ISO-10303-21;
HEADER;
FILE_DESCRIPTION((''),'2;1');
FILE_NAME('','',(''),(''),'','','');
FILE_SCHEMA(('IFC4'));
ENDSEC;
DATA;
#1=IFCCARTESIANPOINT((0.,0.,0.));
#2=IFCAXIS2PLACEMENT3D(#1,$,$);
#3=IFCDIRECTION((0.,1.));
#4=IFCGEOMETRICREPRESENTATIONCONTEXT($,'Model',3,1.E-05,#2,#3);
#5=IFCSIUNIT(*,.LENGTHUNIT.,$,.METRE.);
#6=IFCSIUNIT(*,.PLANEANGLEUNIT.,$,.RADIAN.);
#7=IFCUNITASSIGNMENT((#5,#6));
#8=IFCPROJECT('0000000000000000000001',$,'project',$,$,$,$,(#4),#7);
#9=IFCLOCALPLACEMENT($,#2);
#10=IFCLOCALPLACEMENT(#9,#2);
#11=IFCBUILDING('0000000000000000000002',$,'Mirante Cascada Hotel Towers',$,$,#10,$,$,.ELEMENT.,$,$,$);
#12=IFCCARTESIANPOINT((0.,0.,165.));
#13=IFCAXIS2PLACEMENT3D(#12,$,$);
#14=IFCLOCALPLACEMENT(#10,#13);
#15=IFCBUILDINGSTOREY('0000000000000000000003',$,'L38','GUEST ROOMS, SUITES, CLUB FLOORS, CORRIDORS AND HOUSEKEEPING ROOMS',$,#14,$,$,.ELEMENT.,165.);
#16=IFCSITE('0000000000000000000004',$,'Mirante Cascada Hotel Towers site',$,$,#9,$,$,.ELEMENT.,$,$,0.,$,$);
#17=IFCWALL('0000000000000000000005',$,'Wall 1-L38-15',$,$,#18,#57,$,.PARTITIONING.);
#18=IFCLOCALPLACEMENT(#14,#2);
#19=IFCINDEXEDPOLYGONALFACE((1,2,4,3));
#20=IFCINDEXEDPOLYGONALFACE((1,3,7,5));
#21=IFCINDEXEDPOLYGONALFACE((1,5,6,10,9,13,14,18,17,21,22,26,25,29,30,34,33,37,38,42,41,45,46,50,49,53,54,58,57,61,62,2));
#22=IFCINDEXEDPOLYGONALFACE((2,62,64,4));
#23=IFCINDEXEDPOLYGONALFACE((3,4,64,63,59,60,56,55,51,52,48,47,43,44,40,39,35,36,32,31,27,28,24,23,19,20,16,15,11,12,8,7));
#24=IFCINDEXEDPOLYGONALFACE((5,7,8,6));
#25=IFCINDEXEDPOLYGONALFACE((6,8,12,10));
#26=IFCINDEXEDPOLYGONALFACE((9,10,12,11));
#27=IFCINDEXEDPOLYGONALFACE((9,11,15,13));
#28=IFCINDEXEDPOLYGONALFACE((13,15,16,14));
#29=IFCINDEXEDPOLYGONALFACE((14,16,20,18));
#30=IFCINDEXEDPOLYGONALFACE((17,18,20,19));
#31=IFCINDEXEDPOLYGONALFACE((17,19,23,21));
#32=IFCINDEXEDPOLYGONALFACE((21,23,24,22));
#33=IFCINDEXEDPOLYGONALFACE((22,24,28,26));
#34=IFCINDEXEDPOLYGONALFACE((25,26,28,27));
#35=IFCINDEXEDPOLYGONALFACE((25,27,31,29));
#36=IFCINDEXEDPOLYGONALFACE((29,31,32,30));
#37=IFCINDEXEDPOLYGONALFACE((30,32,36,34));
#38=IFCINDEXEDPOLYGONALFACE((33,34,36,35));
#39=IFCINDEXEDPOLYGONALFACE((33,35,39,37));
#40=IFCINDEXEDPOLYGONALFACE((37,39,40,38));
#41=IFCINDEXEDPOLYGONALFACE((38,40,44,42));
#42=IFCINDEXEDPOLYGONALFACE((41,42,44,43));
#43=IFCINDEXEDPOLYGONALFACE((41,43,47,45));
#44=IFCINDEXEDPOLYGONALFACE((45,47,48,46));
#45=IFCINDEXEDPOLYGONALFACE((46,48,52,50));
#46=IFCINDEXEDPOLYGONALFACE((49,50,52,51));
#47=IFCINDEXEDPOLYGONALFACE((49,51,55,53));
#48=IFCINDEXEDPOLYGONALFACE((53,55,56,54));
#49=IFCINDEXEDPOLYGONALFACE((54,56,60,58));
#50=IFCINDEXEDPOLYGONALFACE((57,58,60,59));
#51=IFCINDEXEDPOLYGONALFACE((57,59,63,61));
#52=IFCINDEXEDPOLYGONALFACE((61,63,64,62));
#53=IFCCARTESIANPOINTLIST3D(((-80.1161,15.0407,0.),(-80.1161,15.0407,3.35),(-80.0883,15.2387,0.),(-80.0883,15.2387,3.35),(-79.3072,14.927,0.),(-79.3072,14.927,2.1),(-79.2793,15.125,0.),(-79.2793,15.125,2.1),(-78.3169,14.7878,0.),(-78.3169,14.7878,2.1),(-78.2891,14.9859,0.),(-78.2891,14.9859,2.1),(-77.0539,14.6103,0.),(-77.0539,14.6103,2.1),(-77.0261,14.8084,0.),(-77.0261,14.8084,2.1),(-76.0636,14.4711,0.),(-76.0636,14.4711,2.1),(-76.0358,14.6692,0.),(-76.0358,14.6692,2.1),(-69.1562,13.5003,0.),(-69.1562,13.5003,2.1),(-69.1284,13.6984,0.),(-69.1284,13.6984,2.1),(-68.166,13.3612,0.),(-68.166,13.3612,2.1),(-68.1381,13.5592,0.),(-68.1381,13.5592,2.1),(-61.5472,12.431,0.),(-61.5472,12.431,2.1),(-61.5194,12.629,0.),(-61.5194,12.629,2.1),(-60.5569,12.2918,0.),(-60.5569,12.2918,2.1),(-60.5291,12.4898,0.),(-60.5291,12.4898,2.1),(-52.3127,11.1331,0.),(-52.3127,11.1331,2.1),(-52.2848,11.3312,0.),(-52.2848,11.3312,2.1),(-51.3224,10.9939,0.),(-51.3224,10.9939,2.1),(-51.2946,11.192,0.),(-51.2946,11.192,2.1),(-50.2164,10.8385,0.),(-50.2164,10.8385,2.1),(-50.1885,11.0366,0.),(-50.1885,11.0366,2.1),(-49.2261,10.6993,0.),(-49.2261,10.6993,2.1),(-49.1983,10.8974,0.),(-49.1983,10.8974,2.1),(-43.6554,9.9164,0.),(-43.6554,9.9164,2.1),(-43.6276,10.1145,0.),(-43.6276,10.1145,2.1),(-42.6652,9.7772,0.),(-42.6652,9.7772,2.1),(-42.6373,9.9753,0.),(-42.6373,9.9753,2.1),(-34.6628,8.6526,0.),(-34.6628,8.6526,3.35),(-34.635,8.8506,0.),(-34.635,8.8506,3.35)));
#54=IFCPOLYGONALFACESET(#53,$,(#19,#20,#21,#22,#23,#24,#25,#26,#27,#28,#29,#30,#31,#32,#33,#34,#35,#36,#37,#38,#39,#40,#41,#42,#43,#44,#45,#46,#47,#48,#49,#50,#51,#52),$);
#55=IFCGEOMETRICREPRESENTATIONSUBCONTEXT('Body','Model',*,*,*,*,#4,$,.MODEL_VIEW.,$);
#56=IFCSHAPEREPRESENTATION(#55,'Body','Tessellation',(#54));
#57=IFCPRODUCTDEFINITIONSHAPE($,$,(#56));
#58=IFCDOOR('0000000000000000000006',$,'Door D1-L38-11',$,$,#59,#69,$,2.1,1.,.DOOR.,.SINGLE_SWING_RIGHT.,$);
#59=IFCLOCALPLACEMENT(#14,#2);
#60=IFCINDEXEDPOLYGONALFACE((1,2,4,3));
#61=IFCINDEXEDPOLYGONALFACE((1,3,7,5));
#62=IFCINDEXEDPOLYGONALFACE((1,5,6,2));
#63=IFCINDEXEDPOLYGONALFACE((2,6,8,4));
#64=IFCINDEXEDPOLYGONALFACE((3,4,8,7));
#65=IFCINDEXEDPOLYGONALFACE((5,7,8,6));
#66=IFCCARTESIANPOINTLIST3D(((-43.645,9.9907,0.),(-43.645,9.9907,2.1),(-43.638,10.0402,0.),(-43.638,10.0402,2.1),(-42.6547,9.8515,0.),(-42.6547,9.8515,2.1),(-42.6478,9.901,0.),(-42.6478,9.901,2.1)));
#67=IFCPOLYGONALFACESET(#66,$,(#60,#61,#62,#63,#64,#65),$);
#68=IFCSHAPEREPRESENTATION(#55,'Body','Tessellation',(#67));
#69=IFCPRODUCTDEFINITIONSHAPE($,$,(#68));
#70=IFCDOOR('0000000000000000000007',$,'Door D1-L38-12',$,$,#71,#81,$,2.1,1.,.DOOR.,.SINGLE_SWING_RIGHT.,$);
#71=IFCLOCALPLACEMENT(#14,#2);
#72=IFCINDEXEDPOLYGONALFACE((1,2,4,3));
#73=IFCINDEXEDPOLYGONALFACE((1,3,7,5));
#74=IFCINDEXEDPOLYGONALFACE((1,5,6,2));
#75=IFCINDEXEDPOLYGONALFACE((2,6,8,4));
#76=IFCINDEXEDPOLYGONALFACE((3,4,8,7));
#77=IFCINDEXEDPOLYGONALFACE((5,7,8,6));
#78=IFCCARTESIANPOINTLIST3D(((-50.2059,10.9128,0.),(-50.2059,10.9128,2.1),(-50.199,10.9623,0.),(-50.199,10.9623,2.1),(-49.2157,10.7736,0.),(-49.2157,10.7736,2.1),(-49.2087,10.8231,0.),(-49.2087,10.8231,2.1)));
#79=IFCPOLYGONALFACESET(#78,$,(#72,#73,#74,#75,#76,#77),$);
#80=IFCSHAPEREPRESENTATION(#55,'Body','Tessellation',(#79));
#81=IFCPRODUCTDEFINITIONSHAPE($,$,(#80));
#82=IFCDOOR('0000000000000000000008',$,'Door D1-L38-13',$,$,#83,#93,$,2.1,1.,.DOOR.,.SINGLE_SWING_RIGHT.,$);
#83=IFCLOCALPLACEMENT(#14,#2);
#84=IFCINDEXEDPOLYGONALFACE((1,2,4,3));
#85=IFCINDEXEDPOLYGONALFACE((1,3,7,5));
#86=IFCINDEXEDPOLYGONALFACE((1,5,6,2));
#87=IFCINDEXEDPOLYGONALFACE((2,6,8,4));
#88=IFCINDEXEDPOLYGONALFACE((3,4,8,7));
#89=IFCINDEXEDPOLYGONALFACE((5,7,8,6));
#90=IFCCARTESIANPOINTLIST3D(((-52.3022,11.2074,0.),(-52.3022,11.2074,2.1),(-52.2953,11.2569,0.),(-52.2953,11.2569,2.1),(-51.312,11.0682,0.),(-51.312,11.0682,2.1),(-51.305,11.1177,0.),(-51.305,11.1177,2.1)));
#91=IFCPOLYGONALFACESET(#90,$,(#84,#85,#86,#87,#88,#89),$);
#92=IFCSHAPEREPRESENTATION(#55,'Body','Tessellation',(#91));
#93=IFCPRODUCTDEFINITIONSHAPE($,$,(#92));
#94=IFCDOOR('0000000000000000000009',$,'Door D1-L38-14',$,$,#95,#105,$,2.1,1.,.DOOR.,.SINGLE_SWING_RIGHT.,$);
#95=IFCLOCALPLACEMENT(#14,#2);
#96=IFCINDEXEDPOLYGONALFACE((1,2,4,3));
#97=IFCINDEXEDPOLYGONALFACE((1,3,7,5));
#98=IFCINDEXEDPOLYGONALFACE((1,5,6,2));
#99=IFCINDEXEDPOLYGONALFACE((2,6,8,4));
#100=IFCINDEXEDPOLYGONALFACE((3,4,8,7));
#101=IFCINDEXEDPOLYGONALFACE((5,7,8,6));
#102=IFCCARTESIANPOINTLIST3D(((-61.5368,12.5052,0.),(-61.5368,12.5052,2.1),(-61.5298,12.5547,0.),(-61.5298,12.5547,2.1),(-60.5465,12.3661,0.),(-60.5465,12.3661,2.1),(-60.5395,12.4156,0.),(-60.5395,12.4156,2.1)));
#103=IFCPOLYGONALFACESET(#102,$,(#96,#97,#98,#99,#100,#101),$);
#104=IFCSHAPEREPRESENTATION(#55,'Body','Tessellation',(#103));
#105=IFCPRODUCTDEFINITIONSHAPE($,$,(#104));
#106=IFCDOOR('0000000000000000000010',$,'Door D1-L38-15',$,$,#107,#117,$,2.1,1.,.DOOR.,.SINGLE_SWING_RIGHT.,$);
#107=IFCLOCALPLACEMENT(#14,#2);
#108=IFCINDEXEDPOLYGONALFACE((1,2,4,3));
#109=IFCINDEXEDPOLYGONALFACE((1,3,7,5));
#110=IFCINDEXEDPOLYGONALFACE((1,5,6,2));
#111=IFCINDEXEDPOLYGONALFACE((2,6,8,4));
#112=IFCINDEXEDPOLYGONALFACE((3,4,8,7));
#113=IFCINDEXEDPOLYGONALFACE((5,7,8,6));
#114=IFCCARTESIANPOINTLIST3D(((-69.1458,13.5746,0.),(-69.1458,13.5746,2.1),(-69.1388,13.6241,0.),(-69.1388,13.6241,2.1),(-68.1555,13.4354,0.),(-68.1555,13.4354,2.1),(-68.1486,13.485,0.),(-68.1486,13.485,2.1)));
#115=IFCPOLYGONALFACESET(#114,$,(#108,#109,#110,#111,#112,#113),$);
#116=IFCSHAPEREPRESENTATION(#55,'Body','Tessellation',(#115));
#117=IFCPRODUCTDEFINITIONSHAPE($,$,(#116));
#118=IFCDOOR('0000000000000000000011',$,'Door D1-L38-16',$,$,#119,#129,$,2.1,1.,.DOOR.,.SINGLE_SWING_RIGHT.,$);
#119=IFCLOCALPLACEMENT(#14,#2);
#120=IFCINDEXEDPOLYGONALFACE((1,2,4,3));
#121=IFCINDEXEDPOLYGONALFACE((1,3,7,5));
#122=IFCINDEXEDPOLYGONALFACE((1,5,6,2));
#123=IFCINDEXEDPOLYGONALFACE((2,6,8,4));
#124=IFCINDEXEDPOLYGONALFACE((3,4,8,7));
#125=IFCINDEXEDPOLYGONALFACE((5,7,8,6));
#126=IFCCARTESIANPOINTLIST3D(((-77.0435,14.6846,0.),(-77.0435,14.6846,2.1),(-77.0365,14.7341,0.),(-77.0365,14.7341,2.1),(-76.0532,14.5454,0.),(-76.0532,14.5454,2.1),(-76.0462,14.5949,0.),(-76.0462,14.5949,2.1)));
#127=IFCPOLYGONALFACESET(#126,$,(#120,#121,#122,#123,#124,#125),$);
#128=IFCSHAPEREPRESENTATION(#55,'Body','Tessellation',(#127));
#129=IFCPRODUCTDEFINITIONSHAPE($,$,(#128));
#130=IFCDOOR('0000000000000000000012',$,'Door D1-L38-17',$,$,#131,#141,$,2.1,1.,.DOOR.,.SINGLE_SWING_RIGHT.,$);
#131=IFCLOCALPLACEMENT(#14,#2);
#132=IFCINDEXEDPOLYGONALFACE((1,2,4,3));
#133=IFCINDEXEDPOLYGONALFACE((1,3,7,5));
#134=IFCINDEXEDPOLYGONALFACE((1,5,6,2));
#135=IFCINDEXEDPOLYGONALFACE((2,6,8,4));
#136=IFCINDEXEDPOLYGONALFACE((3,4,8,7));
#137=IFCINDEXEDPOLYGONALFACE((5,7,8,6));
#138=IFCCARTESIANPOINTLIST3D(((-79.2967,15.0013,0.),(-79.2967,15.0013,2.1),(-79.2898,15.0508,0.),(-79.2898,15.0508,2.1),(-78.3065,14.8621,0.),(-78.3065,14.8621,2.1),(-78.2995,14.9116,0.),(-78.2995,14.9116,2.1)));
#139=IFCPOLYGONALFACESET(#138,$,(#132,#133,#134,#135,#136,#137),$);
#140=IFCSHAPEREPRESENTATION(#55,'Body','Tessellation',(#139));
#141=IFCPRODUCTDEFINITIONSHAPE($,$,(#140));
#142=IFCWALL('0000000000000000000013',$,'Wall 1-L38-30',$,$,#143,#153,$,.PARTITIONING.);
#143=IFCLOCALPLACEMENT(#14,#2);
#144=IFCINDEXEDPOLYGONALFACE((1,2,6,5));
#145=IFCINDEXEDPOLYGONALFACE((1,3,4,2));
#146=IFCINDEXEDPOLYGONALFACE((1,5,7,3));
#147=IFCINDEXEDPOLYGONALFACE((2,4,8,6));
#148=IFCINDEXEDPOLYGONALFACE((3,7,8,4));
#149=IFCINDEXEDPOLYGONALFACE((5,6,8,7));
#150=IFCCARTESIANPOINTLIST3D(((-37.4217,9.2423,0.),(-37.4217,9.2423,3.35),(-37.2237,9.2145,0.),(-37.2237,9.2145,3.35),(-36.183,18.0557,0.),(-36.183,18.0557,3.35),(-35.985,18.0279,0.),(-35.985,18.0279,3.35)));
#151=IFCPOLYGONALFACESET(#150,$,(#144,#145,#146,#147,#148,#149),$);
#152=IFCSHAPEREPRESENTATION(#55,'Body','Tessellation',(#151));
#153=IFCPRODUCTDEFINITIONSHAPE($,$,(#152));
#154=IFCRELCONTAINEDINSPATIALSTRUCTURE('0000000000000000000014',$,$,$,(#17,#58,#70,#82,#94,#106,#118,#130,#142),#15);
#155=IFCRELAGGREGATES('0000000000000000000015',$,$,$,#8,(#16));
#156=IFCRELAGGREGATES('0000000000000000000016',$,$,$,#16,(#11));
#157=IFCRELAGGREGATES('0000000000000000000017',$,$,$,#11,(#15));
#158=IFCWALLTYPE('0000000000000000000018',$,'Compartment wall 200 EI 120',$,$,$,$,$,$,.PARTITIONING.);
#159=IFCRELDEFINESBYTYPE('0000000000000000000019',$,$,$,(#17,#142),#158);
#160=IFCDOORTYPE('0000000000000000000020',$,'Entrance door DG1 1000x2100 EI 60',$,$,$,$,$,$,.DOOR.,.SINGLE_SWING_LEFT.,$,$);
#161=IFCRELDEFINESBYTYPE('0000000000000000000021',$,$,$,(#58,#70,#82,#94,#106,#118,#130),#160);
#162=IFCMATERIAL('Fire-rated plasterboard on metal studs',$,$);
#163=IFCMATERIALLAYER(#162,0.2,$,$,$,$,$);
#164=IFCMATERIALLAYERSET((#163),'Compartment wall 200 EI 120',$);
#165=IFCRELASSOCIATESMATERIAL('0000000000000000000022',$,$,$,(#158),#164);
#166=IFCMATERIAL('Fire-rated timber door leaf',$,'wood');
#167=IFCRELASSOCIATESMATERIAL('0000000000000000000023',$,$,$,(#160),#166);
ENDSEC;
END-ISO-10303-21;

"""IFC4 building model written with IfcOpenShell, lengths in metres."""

from ifc_helpers import new_model, si_unit, direction, frame, frame_2d, origin, place, context, subcontext, project, spatial, rectangle, extrude, material, layer, layer_set, type_object, element, fill, save


model = new_model("IFC4")

# Units and contexts
model_context = context("Model", 3, precision=1e-05, world=origin(), true_north=direction((0.0, 1.0)))
body_context = subcontext(model_context, "Body", "Model", "MODEL_VIEW")
ifc_project = project(units=[si_unit("LENGTHUNIT", "METRE"), si_unit("PLANEANGLEUNIT", "RADIAN")], contexts=[model_context])

# Site, building, storey
site_placement = place(None, origin())
site = spatial("IfcSite", under=ifc_project, at=site_placement, Name="Mirante Cascada Hotel Towers site", CompositionType="ELEMENT", RefElevation=0.0)
building_placement = place(site_placement, origin())
building = spatial("IfcBuilding", under=site, at=building_placement, Name="Mirante Cascada Hotel Towers", CompositionType="ELEMENT")
storey_placement = place(building_placement, frame((0.0, 0.0, 165.0)))
storey = spatial("IfcBuildingStorey", under=building, at=storey_placement, Name="L38", Description="GUEST ROOMS, SUITES, CLUB FLOORS, CORRIDORS AND HOUSEKEEPING ROOMS", CompositionType="ELEMENT", Elevation=165.0)

# Wall, openings, doors
ifc_material_1 = material(Name="Fire-rated plasterboard on metal studs")
ifc_layer_1 = layer(ifc_material_1, 0.2)
ifc_layer_set_1 = layer_set([ifc_layer_1], Name="Compartment wall 200 EI 120")
wall_type_1 = type_object("IfcWallType", Name="Compartment wall 200 EI 120", PredefinedType="PARTITIONING", material=ifc_layer_set_1)
wall_1_placement = place(storey_placement, frame((-34.6489, 8.7516, 0.0), z_axis=(0.0, 0.0, 1.0), x_axis=(-0.990268, 0.139174, 0.0)))
wall_1 = element("IfcWall", 1, at=wall_1_placement, inside=storey, type_object=wall_type_1, Name="Wall 1-L38-15", PredefinedType="PARTITIONING", context=body_context, shape_type="SweptSolid", body=[
    extrude(rectangle(XDim=45.9, YDim=0.2, at=frame_2d((22.95, 0.0))), origin(), (0.0, 0.0, 1.0), 3.35),
])
opening_1_placement = place(wall_1_placement, frame((8.081, 0.0, 0.0)))
opening_1 = element("IfcOpeningElement", 2, at=opening_1_placement, cuts=wall_1, PredefinedType="OPENING", context=body_context, shape_type="SweptSolid", body=[
    extrude(rectangle(XDim=1.0, YDim=2.1, at=frame_2d((0.5, 1.05))), frame((0.0, 0.1, 0.0), z_axis=(0.0, -1.0, 0.0), x_axis=(1.0, 0.0, 0.0)), (0.0, 0.0, 1.0), 0.2),
])
opening_2_placement = place(wall_1_placement, frame((14.7064, 0.0, 0.0)))
opening_2 = element("IfcOpeningElement", 3, at=opening_2_placement, cuts=wall_1, PredefinedType="OPENING", context=body_context, shape_type="SweptSolid", body=[
    extrude(rectangle(XDim=1.0, YDim=2.1, at=frame_2d((0.5, 1.05))), frame((0.0, 0.1, 0.0), z_axis=(0.0, -1.0, 0.0), x_axis=(1.0, 0.0, 0.0)), (0.0, 0.0, 1.0), 0.2),
])
opening_3_placement = place(wall_1_placement, frame((16.8233, 0.0, 0.0)))
opening_3 = element("IfcOpeningElement", 4, at=opening_3_placement, cuts=wall_1, PredefinedType="OPENING", context=body_context, shape_type="SweptSolid", body=[
    extrude(rectangle(XDim=1.0, YDim=2.1, at=frame_2d((0.5, 1.05))), frame((0.0, 0.1, 0.0), z_axis=(0.0, -1.0, 0.0), x_axis=(1.0, 0.0, 0.0)), (0.0, 0.0, 1.0), 0.2),
])
opening_4_placement = place(wall_1_placement, frame((26.1486, 0.0, 0.0)))
opening_4 = element("IfcOpeningElement", 5, at=opening_4_placement, cuts=wall_1, PredefinedType="OPENING", context=body_context, shape_type="SweptSolid", body=[
    extrude(rectangle(XDim=1.0, YDim=2.1, at=frame_2d((0.5, 1.05))), frame((0.0, 0.1, 0.0), z_axis=(0.0, -1.0, 0.0), x_axis=(1.0, 0.0, 0.0)), (0.0, 0.0, 1.0), 0.2),
])
opening_5_placement = place(wall_1_placement, frame((33.8324, 0.0, 0.0)))
opening_5 = element("IfcOpeningElement", 6, at=opening_5_placement, cuts=wall_1, PredefinedType="OPENING", context=body_context, shape_type="SweptSolid", body=[
    extrude(rectangle(XDim=1.0, YDim=2.1, at=frame_2d((0.5, 1.05))), frame((0.0, 0.1, 0.0), z_axis=(0.0, -1.0, 0.0), x_axis=(1.0, 0.0, 0.0)), (0.0, 0.0, 1.0), 0.2),
])
opening_6_placement = place(wall_1_placement, frame((41.8077, 0.0, 0.0)))
opening_6 = element("IfcOpeningElement", 7, at=opening_6_placement, cuts=wall_1, PredefinedType="OPENING", context=body_context, shape_type="SweptSolid", body=[
    extrude(rectangle(XDim=1.0, YDim=2.1, at=frame_2d((0.5, 1.05))), frame((0.0, 0.1, 0.0), z_axis=(0.0, -1.0, 0.0), x_axis=(1.0, 0.0, 0.0)), (0.0, 0.0, 1.0), 0.2),
])
opening_7_placement = place(wall_1_placement, frame((44.0831, 0.0, 0.0)))
opening_7 = element("IfcOpeningElement", 8, at=opening_7_placement, cuts=wall_1, PredefinedType="OPENING", context=body_context, shape_type="SweptSolid", body=[
    extrude(rectangle(XDim=1.0, YDim=2.1, at=frame_2d((0.5, 1.05))), frame((0.0, 0.1, 0.0), z_axis=(0.0, -1.0, 0.0), x_axis=(1.0, 0.0, 0.0)), (0.0, 0.0, 1.0), 0.2),
])
ifc_material_2 = material(Name="Fire-rated timber door leaf", Category="wood")
door_type_1 = type_object("IfcDoorType", Name="Entrance door DG1 1000x2100 EI 60", OperationType="SINGLE_SWING_LEFT", PredefinedType="DOOR", material=ifc_material_2)
door_1_placement = place(opening_1_placement, frame((1.0, 0.0, 0.0), z_axis=(0.0, 0.0, 1.0), x_axis=(-1.0, 0.0, 0.0)))
door_1 = element("IfcDoor", 9, at=door_1_placement, inside=storey, type_object=door_type_1, Name="Door D1-L38-11", OperationType="SINGLE_SWING_RIGHT", OverallHeight=2.1, OverallWidth=1.0, PredefinedType="DOOR", context=body_context, shape_type="SweptSolid", body=[
    extrude(rectangle(XDim=1.0, YDim=2.1, at=frame_2d((0.5, 1.05))), frame((0.0, 0.025, 0.0), z_axis=(0.0, -1.0, 0.0), x_axis=(1.0, 0.0, 0.0)), (0.0, 0.0, 1.0), 0.05),
])
fill(opening_1, door_1)
door_2_placement = place(opening_2_placement, frame((1.0, 0.0, 0.0), z_axis=(0.0, 0.0, 1.0), x_axis=(-1.0, 0.0, 0.0)))
door_2 = element("IfcDoor", 10, at=door_2_placement, inside=storey, type_object=door_type_1, Name="Door D1-L38-12", OperationType="SINGLE_SWING_RIGHT", OverallHeight=2.1, OverallWidth=1.0, PredefinedType="DOOR", context=body_context, shape_type="SweptSolid", body=[
    extrude(rectangle(XDim=1.0, YDim=2.1, at=frame_2d((0.5, 1.05))), frame((0.0, 0.025, 0.0), z_axis=(0.0, -1.0, 0.0), x_axis=(1.0, 0.0, 0.0)), (0.0, 0.0, 1.0), 0.05),
])
fill(opening_2, door_2)
door_3_placement = place(opening_3_placement, frame((1.0, 0.0, 0.0), z_axis=(0.0, 0.0, 1.0), x_axis=(-1.0, 0.0, 0.0)))
door_3 = element("IfcDoor", 11, at=door_3_placement, inside=storey, type_object=door_type_1, Name="Door D1-L38-13", OperationType="SINGLE_SWING_RIGHT", OverallHeight=2.1, OverallWidth=1.0, PredefinedType="DOOR", context=body_context, shape_type="SweptSolid", body=[
    extrude(rectangle(XDim=1.0, YDim=2.1, at=frame_2d((0.5, 1.05))), frame((0.0, 0.025, 0.0), z_axis=(0.0, -1.0, 0.0), x_axis=(1.0, 0.0, 0.0)), (0.0, 0.0, 1.0), 0.05),
])
fill(opening_3, door_3)
door_4_placement = place(opening_4_placement, frame((1.0, 0.0, 0.0), z_axis=(0.0, 0.0, 1.0), x_axis=(-1.0, 0.0, 0.0)))
door_4 = element("IfcDoor", 12, at=door_4_placement, inside=storey, type_object=door_type_1, Name="Door D1-L38-14", OperationType="SINGLE_SWING_RIGHT", OverallHeight=2.1, OverallWidth=1.0, PredefinedType="DOOR", context=body_context, shape_type="SweptSolid", body=[
    extrude(rectangle(XDim=1.0, YDim=2.1, at=frame_2d((0.5, 1.05))), frame((0.0, 0.025, 0.0), z_axis=(0.0, -1.0, 0.0), x_axis=(1.0, 0.0, 0.0)), (0.0, 0.0, 1.0), 0.05),
])
fill(opening_4, door_4)
door_5_placement = place(opening_5_placement, frame((1.0, 0.0, 0.0), z_axis=(0.0, 0.0, 1.0), x_axis=(-1.0, 0.0, 0.0)))
door_5 = element("IfcDoor", 13, at=door_5_placement, inside=storey, type_object=door_type_1, Name="Door D1-L38-15", OperationType="SINGLE_SWING_RIGHT", OverallHeight=2.1, OverallWidth=1.0, PredefinedType="DOOR", context=body_context, shape_type="SweptSolid", body=[
    extrude(rectangle(XDim=1.0, YDim=2.1, at=frame_2d((0.5, 1.05))), frame((0.0, 0.025, 0.0), z_axis=(0.0, -1.0, 0.0), x_axis=(1.0, 0.0, 0.0)), (0.0, 0.0, 1.0), 0.05),
])
fill(opening_5, door_5)
door_6_placement = place(opening_6_placement, frame((1.0, 0.0, 0.0), z_axis=(0.0, 0.0, 1.0), x_axis=(-1.0, 0.0, 0.0)))
door_6 = element("IfcDoor", 14, at=door_6_placement, inside=storey, type_object=door_type_1, Name="Door D1-L38-16", OperationType="SINGLE_SWING_RIGHT", OverallHeight=2.1, OverallWidth=1.0, PredefinedType="DOOR", context=body_context, shape_type="SweptSolid", body=[
    extrude(rectangle(XDim=1.0, YDim=2.1, at=frame_2d((0.5, 1.05))), frame((0.0, 0.025, 0.0), z_axis=(0.0, -1.0, 0.0), x_axis=(1.0, 0.0, 0.0)), (0.0, 0.0, 1.0), 0.05),
])
fill(opening_6, door_6)
door_7_placement = place(opening_7_placement, frame((1.0, 0.0, 0.0), z_axis=(0.0, 0.0, 1.0), x_axis=(-1.0, 0.0, 0.0)))
door_7 = element("IfcDoor", 15, at=door_7_placement, inside=storey, type_object=door_type_1, Name="Door D1-L38-17", OperationType="SINGLE_SWING_RIGHT", OverallHeight=2.1, OverallWidth=1.0, PredefinedType="DOOR", context=body_context, shape_type="SweptSolid", body=[
    extrude(rectangle(XDim=1.0, YDim=2.1, at=frame_2d((0.5, 1.05))), frame((0.0, 0.025, 0.0), z_axis=(0.0, -1.0, 0.0), x_axis=(1.0, 0.0, 0.0)), (0.0, 0.0, 1.0), 0.05),
])
fill(opening_7, door_7)

# Wall
wall_2_placement = place(storey_placement, frame((-36.084, 18.0418, 0.0), z_axis=(0.0, 0.0, 1.0), x_axis=(-0.139179, -0.990267, 0.0)))
element("IfcWall", 16, at=wall_2_placement, inside=storey, type_object=wall_type_1, Name="Wall 1-L38-30", PredefinedType="PARTITIONING", context=body_context, shape_type="SweptSolid", body=[
    extrude(rectangle(XDim=8.9, YDim=0.2, at=frame_2d((4.45, 0.0))), origin(), (0.0, 0.0, 1.0), 3.35),
])

save(model, "model.ifc")
